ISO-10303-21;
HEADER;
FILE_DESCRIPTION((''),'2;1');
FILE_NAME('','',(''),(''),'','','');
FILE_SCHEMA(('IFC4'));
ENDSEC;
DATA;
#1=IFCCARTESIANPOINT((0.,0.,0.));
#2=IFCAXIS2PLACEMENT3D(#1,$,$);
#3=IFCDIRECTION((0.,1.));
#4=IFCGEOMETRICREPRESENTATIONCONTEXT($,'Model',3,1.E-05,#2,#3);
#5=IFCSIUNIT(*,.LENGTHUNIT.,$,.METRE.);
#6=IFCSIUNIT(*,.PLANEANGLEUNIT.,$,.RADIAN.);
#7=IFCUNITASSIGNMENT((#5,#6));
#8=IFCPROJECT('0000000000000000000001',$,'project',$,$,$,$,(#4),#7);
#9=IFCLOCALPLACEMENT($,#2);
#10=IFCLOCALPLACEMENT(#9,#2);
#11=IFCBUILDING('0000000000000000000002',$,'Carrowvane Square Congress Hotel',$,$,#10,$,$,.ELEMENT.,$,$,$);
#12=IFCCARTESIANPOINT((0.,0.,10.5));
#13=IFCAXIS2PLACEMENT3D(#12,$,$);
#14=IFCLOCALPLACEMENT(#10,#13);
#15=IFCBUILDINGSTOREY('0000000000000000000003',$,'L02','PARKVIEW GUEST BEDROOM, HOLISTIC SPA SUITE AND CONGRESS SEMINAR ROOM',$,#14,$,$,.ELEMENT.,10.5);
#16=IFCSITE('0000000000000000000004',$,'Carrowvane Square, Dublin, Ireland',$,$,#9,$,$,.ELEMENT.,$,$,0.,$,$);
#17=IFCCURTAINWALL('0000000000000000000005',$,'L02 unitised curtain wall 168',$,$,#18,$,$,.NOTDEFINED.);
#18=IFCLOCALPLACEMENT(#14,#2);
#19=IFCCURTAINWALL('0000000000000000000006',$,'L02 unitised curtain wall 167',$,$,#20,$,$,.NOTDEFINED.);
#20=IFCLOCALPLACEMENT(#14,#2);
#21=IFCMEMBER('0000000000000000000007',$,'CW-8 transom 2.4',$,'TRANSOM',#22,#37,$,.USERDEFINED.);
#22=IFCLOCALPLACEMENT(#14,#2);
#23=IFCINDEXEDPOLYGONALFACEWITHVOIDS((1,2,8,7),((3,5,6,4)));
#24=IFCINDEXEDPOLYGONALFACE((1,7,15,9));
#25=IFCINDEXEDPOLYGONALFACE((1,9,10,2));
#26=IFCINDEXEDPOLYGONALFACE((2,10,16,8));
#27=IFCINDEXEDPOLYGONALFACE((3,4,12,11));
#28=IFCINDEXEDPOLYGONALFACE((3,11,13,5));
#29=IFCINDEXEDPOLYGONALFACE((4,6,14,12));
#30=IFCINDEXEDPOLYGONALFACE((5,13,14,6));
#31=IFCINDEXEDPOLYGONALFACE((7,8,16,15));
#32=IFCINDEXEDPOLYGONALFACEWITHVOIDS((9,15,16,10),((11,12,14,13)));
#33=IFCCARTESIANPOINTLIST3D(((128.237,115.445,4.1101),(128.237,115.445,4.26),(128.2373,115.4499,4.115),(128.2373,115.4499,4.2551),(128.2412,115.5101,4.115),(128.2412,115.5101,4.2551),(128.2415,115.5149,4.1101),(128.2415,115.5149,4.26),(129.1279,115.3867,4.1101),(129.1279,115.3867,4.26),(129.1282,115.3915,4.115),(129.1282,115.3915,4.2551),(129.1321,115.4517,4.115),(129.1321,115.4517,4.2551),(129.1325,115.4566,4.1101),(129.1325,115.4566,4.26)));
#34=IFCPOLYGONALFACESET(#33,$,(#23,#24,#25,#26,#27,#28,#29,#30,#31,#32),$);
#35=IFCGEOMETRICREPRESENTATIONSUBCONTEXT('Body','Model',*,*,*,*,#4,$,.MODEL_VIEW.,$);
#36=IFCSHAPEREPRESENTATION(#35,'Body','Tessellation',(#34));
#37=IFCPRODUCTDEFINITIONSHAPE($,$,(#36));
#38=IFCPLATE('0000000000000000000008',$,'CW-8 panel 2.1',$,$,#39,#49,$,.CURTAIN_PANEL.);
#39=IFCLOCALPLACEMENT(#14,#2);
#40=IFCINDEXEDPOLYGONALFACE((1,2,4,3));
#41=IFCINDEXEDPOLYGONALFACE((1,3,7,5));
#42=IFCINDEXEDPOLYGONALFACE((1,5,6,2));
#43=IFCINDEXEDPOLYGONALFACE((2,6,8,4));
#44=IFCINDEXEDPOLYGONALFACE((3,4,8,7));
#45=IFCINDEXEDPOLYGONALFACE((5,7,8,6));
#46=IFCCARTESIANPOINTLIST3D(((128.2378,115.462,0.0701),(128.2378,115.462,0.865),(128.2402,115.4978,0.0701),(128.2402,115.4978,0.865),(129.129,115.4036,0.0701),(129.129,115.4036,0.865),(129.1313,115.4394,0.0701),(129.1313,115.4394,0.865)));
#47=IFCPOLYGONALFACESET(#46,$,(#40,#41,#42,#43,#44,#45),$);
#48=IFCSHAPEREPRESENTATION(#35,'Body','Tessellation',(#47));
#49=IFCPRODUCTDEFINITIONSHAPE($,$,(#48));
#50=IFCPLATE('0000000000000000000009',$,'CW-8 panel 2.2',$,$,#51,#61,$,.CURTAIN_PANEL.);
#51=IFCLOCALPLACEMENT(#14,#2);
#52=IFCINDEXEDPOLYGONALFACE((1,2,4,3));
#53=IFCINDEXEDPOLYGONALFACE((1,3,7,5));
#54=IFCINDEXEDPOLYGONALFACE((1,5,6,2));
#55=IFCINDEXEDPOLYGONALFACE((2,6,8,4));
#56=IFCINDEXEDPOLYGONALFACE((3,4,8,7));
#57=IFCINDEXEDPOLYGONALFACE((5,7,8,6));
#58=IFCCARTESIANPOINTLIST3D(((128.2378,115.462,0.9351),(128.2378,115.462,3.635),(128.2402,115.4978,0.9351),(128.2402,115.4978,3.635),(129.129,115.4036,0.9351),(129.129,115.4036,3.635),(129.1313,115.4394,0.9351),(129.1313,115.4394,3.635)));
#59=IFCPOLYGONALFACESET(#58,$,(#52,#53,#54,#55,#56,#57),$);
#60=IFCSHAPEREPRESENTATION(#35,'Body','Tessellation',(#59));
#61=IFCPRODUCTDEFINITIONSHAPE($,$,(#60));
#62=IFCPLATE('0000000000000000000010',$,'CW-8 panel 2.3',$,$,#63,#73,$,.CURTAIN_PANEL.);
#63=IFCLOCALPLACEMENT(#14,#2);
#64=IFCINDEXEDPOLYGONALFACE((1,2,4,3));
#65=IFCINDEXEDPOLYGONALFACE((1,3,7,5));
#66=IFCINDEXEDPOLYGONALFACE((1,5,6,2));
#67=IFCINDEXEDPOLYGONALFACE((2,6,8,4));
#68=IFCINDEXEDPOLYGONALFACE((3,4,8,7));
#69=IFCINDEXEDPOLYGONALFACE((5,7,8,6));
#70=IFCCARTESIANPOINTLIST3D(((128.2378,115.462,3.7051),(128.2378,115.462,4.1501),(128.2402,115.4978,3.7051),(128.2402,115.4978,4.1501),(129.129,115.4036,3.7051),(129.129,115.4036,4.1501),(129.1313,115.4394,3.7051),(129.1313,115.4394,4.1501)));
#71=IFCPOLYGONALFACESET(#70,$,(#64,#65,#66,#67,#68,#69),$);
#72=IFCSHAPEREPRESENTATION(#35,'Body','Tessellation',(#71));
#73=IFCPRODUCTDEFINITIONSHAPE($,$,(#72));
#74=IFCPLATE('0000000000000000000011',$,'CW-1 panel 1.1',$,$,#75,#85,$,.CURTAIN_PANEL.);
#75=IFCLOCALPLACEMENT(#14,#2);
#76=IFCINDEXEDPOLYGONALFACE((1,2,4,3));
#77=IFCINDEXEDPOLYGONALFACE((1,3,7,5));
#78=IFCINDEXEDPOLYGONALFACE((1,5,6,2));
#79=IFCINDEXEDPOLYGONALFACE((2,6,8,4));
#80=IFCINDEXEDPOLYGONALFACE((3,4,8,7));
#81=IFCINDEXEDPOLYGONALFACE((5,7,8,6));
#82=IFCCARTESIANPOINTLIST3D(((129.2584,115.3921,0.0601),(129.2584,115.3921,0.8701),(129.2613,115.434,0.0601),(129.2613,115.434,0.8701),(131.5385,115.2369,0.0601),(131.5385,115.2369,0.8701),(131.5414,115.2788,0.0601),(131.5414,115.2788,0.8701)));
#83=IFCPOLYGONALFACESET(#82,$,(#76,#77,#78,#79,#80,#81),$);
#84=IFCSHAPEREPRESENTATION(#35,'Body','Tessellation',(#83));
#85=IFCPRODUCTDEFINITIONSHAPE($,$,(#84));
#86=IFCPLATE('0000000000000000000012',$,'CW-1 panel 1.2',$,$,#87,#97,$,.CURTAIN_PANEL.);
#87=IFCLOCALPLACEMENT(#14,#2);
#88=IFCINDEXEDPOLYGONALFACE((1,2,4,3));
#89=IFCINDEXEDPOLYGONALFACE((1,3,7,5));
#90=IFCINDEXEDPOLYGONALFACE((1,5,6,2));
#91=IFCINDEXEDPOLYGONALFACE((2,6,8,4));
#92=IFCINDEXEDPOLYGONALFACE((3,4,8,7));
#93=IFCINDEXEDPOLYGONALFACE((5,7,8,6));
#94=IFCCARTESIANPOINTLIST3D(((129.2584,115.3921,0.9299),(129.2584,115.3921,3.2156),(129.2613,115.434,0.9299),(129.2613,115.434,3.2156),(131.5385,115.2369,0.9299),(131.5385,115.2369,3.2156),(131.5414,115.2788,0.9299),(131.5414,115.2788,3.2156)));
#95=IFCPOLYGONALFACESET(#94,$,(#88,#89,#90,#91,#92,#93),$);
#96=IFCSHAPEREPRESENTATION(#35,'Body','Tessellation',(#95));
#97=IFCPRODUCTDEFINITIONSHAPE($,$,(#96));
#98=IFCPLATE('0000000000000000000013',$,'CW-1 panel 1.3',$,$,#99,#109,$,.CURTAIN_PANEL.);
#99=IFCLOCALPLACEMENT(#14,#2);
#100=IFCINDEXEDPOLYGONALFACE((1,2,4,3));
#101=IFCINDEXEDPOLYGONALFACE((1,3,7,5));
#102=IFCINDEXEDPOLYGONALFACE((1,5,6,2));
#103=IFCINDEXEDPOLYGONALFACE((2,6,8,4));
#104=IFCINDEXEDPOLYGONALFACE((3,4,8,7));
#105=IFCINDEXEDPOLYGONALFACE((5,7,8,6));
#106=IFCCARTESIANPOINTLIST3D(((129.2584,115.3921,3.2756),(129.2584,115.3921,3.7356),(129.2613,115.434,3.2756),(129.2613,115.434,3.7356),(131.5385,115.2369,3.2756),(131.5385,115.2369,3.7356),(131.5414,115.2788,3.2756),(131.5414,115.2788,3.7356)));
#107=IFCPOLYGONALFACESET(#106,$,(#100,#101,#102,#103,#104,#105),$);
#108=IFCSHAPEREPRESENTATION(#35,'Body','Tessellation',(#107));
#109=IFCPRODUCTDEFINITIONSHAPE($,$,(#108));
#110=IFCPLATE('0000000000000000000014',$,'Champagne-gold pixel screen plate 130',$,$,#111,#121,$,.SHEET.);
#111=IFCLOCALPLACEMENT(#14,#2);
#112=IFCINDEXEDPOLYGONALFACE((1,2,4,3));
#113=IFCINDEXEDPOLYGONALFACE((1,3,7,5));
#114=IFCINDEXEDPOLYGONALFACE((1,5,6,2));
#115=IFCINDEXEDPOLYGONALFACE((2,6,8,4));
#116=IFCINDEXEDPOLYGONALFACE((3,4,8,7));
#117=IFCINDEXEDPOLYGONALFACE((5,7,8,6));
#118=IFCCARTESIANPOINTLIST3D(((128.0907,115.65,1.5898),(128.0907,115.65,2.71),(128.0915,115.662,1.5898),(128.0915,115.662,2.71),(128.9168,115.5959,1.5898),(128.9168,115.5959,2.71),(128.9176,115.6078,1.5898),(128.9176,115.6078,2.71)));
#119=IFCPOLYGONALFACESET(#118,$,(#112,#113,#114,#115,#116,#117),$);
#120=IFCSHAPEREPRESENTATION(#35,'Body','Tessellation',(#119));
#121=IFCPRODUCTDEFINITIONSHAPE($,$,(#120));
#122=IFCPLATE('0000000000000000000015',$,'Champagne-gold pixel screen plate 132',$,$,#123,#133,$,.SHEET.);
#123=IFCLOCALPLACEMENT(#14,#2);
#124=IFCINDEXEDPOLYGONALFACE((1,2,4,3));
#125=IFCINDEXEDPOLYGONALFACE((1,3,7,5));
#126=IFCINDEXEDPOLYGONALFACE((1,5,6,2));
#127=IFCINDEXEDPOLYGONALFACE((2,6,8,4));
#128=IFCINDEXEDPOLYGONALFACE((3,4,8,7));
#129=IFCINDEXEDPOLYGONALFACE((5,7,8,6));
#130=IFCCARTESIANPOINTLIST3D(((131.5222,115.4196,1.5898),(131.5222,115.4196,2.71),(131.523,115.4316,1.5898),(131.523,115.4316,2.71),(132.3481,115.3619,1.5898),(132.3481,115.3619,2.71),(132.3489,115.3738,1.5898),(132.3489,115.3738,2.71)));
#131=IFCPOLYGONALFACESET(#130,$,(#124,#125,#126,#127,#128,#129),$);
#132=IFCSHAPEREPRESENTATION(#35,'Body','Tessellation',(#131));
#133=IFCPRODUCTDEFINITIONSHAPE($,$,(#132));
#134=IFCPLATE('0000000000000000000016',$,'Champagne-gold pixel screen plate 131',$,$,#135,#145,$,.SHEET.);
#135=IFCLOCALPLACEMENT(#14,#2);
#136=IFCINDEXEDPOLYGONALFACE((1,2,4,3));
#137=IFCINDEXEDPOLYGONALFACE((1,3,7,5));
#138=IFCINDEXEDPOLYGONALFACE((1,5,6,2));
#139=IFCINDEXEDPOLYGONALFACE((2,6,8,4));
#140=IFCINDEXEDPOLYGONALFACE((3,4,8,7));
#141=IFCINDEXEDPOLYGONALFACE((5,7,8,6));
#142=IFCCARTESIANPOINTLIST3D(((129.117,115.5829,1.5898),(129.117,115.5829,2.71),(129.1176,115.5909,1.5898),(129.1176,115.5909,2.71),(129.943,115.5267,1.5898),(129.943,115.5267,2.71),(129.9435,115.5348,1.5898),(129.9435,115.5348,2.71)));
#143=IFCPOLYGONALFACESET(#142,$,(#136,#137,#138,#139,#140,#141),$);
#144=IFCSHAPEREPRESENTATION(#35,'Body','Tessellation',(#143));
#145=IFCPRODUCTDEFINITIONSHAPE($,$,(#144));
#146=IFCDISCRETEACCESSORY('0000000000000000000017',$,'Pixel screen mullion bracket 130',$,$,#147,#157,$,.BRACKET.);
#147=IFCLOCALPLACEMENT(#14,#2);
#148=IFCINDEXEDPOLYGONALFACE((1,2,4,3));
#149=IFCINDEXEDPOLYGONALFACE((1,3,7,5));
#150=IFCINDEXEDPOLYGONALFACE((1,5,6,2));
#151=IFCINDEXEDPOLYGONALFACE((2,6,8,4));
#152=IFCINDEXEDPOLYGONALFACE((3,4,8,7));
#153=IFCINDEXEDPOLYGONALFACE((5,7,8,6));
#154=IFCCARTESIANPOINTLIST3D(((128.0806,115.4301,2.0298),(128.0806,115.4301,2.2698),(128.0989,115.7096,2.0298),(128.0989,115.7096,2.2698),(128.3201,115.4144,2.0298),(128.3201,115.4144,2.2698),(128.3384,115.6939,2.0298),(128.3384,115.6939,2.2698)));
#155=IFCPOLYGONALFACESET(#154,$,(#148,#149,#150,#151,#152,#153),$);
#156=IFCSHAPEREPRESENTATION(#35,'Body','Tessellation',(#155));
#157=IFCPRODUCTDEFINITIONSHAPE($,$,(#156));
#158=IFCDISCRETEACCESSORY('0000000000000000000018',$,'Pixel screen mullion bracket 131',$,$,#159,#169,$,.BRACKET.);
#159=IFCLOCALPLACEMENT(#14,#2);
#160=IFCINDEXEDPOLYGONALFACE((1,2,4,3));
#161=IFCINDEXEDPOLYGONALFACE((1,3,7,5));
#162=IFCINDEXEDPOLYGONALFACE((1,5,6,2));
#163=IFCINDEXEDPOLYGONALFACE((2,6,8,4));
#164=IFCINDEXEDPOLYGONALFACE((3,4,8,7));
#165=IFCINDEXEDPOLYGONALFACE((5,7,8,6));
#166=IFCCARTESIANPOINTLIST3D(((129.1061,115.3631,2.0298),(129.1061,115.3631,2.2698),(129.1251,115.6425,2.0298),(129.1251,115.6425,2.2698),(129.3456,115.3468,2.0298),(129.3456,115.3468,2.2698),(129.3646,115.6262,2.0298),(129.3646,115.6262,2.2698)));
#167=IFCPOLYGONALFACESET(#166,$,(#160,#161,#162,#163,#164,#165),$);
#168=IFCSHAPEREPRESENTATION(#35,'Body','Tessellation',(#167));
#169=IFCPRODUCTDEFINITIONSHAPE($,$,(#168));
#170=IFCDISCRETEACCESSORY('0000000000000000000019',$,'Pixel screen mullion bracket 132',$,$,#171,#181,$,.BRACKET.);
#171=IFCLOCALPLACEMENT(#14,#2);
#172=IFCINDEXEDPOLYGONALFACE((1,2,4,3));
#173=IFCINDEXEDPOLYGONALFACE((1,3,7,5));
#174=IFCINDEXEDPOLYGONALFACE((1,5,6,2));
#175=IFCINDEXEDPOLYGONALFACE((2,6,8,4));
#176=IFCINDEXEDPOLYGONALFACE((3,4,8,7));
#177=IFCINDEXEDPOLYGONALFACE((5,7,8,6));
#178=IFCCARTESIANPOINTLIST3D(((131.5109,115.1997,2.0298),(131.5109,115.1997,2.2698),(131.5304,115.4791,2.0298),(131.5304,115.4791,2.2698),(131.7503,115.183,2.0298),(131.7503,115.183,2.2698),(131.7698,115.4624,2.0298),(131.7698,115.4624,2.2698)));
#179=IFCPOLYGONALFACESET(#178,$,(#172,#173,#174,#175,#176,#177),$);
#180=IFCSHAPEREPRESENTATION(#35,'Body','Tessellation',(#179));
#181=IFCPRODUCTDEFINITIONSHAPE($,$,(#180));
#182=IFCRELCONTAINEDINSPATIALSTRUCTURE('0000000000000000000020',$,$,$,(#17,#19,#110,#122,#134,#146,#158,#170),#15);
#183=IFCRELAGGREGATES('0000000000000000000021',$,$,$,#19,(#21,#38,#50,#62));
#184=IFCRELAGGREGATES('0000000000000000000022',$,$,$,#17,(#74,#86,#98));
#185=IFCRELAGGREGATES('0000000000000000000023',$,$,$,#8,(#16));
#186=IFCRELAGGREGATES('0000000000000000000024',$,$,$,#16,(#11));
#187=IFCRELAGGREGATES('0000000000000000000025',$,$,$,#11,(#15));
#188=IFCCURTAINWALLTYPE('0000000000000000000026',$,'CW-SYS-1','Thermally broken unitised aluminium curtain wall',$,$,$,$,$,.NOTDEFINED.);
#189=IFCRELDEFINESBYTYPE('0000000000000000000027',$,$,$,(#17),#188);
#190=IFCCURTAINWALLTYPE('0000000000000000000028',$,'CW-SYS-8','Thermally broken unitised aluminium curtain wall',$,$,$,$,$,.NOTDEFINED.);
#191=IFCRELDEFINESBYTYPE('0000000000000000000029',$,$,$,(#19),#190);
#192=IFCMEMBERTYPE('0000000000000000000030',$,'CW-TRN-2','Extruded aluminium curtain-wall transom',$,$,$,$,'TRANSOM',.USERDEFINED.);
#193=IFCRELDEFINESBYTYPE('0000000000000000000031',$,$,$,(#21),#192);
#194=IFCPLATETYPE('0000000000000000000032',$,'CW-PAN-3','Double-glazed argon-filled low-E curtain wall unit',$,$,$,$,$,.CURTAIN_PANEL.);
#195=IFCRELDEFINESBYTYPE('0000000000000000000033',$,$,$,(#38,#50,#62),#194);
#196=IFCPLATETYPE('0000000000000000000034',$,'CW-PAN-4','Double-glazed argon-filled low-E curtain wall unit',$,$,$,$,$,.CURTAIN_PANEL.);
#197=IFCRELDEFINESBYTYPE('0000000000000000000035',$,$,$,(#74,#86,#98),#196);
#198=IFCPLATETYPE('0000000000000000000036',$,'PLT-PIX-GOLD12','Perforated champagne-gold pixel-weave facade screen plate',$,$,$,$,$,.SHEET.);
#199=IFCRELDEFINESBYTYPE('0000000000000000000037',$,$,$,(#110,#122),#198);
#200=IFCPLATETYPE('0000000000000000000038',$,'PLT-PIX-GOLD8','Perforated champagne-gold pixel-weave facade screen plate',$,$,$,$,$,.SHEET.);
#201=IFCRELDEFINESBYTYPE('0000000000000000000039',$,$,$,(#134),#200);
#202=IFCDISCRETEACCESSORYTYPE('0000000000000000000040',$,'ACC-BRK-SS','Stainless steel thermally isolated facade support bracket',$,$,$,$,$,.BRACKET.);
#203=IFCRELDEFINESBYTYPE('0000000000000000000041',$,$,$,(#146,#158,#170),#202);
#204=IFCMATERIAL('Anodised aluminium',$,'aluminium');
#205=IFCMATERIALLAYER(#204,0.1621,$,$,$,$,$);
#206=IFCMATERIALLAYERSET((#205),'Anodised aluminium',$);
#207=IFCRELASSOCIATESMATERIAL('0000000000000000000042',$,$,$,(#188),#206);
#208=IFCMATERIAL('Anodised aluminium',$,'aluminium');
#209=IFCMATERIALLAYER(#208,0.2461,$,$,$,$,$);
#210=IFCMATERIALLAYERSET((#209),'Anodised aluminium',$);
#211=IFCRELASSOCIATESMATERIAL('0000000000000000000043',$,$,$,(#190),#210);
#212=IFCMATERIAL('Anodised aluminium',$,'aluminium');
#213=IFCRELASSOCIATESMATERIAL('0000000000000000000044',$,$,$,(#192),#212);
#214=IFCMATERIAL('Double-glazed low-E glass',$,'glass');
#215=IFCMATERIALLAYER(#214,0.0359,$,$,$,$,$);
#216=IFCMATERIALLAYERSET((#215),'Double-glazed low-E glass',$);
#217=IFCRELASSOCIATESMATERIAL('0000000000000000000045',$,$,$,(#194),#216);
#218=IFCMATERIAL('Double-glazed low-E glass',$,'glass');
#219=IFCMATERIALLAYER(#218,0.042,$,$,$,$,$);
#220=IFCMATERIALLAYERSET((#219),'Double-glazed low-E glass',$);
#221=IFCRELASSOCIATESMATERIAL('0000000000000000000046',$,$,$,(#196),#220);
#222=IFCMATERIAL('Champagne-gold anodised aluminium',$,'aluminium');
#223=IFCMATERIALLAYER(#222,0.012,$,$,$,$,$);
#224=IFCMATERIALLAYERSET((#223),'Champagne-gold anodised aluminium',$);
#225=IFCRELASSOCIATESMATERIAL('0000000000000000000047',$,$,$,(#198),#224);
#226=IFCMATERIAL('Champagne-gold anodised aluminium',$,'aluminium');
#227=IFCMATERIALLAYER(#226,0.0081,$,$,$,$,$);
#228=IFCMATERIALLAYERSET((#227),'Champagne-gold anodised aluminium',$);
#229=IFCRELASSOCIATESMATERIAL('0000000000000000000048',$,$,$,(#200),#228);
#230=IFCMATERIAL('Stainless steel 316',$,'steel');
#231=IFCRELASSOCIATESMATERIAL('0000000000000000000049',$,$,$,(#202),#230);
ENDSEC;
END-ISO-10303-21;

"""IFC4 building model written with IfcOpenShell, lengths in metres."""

from ifc_helpers import new_model, si_unit, direction, frame, origin, origin_2d, place, context, subcontext, project, spatial, rectangle, hollow_rectangle, extrude, material, layer, layer_set, material_profile, profile_set, type_object, element, aggregate, save


model = new_model("IFC4")

# Units and contexts
model_context = context("Model", 3, precision=1e-05, world=origin(), true_north=direction((0.0, 1.0)))
body_context = subcontext(model_context, "Body", "Model", "MODEL_VIEW")
ifc_project = project(units=[si_unit("LENGTHUNIT", "METRE"), si_unit("PLANEANGLEUNIT", "RADIAN")], contexts=[model_context])

# Site, building, storey
site_placement = place(None, origin())
site = spatial("IfcSite", under=ifc_project, at=site_placement, Name="Carrowvane Square, Dublin, Ireland", CompositionType="ELEMENT", RefElevation=0.0)
building_placement = place(site_placement, origin())
building = spatial("IfcBuilding", under=site, at=building_placement, Name="Carrowvane Square Congress Hotel", CompositionType="ELEMENT")
storey_placement = place(building_placement, frame((0.0, 0.0, 10.5)))
storey = spatial("IfcBuildingStorey", under=building, at=storey_placement, Name="L02", Description="PARKVIEW GUEST BEDROOM, HOLISTIC SPA SUITE AND CONGRESS SEMINAR ROOM", CompositionType="ELEMENT", Elevation=10.5)

# Curtain wall
ifc_material_1 = material(Name="Anodised aluminium", Category="aluminium")
ifc_layer_1 = layer(ifc_material_1, 0.1621)
ifc_layer_set_1 = layer_set([ifc_layer_1], Name="Anodised aluminium")
curtain_wall_type_1 = type_object("IfcCurtainWallType", Name="CW-SYS-1", Description="Thermally broken unitised aluminium curtain wall", PredefinedType="NOTDEFINED", material=ifc_layer_set_1)
curtain_wall_1_placement = place(storey_placement, origin())
curtain_wall_1 = element("IfcCurtainWall", 1, at=curtain_wall_1_placement, inside=storey, type_object=curtain_wall_type_1, Name="L02 unitised curtain wall 168", PredefinedType="NOTDEFINED")

# Curtain wall
ifc_material_2 = material(Name="Anodised aluminium", Category="aluminium")
ifc_layer_2 = layer(ifc_material_2, 0.2461)
ifc_layer_set_2 = layer_set([ifc_layer_2], Name="Anodised aluminium")
curtain_wall_type_2 = type_object("IfcCurtainWallType", Name="CW-SYS-8", Description="Thermally broken unitised aluminium curtain wall", PredefinedType="NOTDEFINED", material=ifc_layer_set_2)
curtain_wall_2_placement = place(storey_placement, origin())
curtain_wall_2 = element("IfcCurtainWall", 2, at=curtain_wall_2_placement, inside=storey, type_object=curtain_wall_type_2, Name="L02 unitised curtain wall 167", PredefinedType="NOTDEFINED")

# Member
ifc_material_3 = material(Name="Anodised aluminium", Category="aluminium")
ifc_material_profile_1 = material_profile(ifc_material_3, hollow_rectangle(XDim=0.0701, YDim=0.1499, WallThickness=0.0049, at=origin_2d()), Name="CW-TR 70x150x5")
ifc_profile_set_1 = profile_set([ifc_material_profile_1], Name="Anodised aluminium")
member_type_1 = type_object("IfcMemberType", Name="CW-TRN-2", Description="Extruded aluminium curtain-wall transom", ElementType="TRANSOM", PredefinedType="USERDEFINED", material=ifc_profile_set_1)
member_1_placement = place(storey_placement, frame((128.2393, 115.48, 4.1851), z_axis=(0.997862, -0.065357, 0.0), x_axis=(0.065357, 0.997862, 0.0)))
member_1 = element("IfcMember", 3, at=member_1_placement, type_object=member_type_1, Name="CW-8 transom 2.4", ObjectType="TRANSOM", PredefinedType="USERDEFINED", context=body_context, shape_type="SweptSolid", body=[
    extrude(hollow_rectangle(XDim=0.0701, YDim=0.1499, WallThickness=0.0049, at=origin_2d()), origin(), (0.0, 0.0, 1.0), 0.8928),
])

# Plates
ifc_material_4 = material(Name="Double-glazed low-E glass", Category="glass")
ifc_layer_3 = layer(ifc_material_4, 0.0359)
ifc_layer_set_3 = layer_set([ifc_layer_3], Name="Double-glazed low-E glass")
plate_type_1 = type_object("IfcPlateType", Name="CW-PAN-3", Description="Double-glazed argon-filled low-E curtain wall unit", PredefinedType="CURTAIN_PANEL", material=ifc_layer_set_3)
plate_1_placement = place(storey_placement, frame((128.6846, 115.4507, 0.0701), z_axis=(0.0, 0.0, 1.0), x_axis=(0.997858, -0.065414, 0.0)))
plate_1 = element("IfcPlate", 4, at=plate_1_placement, type_object=plate_type_1, Name="CW-8 panel 2.1", PredefinedType="CURTAIN_PANEL", context=body_context, shape_type="SweptSolid", body=[
    extrude(rectangle(XDim=0.8931, YDim=0.0359, at=origin_2d()), origin(), (0.0, 0.0, 1.0), 0.7949),
])
plate_2_placement = place(storey_placement, frame((128.6846, 115.4507, 0.9351), z_axis=(0.0, 0.0, 1.0), x_axis=(0.997858, -0.065414, 0.0)))
plate_2 = element("IfcPlate", 5, at=plate_2_placement, type_object=plate_type_1, Name="CW-8 panel 2.2", PredefinedType="CURTAIN_PANEL", context=body_context, shape_type="SweptSolid", body=[
    extrude(rectangle(XDim=0.8931, YDim=0.0359, at=origin_2d()), origin(), (0.0, 0.0, 1.0), 2.7),
])
plate_3_placement = place(storey_placement, frame((128.6846, 115.4507, 3.7051), z_axis=(0.0, 0.0, 1.0), x_axis=(0.997858, -0.065414, 0.0)))
plate_3 = element("IfcPlate", 6, at=plate_3_placement, type_object=plate_type_1, Name="CW-8 panel 2.3", PredefinedType="CURTAIN_PANEL", context=body_context, shape_type="SweptSolid", body=[
    extrude(rectangle(XDim=0.8931, YDim=0.0359, at=origin_2d()), origin(), (0.0, 0.0, 1.0), 0.4451),
])
aggregate(curtain_wall_2, [member_1, plate_1, plate_2, plate_3])
ifc_material_5 = material(Name="Double-glazed low-E glass", Category="glass")
ifc_layer_4 = layer(ifc_material_5, 0.042)
ifc_layer_set_4 = layer_set([ifc_layer_4], Name="Double-glazed low-E glass")
plate_type_2 = type_object("IfcPlateType", Name="CW-PAN-4", Description="Double-glazed argon-filled low-E curtain wall unit", PredefinedType="CURTAIN_PANEL", material=ifc_layer_set_4)
plate_4_placement = place(storey_placement, frame((130.3999, 115.3354, 0.0601), z_axis=(0.0, 0.0, 1.0), x_axis=(0.997694, -0.06787, 0.0)))
plate_4 = element("IfcPlate", 7, at=plate_4_placement, type_object=plate_type_2, Name="CW-1 panel 1.1", PredefinedType="CURTAIN_PANEL", context=body_context, shape_type="SweptSolid", body=[
    extrude(rectangle(XDim=2.2854, YDim=0.042, at=origin_2d()), origin(), (0.0, 0.0, 1.0), 0.8101),
])
plate_5_placement = place(storey_placement, frame((130.3999, 115.3354, 0.9299), z_axis=(0.0, 0.0, 1.0), x_axis=(0.997694, -0.06787, 0.0)))
plate_5 = element("IfcPlate", 8, at=plate_5_placement, type_object=plate_type_2, Name="CW-1 panel 1.2", PredefinedType="CURTAIN_PANEL", context=body_context, shape_type="SweptSolid", body=[
    extrude(rectangle(XDim=2.2854, YDim=0.042, at=origin_2d()), origin(), (0.0, 0.0, 1.0), 2.2856),
])
plate_6_placement = place(storey_placement, frame((130.3999, 115.3354, 3.2756), z_axis=(0.0, 0.0, 1.0), x_axis=(0.997694, -0.06787, 0.0)))
plate_6 = element("IfcPlate", 9, at=plate_6_placement, type_object=plate_type_2, Name="CW-1 panel 1.3", PredefinedType="CURTAIN_PANEL", context=body_context, shape_type="SweptSolid", body=[
    extrude(rectangle(XDim=2.2854, YDim=0.042, at=origin_2d()), origin(), (0.0, 0.0, 1.0), 0.46),
])
aggregate(curtain_wall_1, [plate_4, plate_5, plate_6])

# Plates
ifc_material_6 = material(Name="Champagne-gold anodised aluminium", Category="aluminium")
ifc_layer_5 = layer(ifc_material_6, 0.012)
ifc_layer_set_5 = layer_set([ifc_layer_5], Name="Champagne-gold anodised aluminium")
plate_type_3 = type_object("IfcPlateType", Name="PLT-PIX-GOLD12", Description="Perforated champagne-gold pixel-weave facade screen plate", PredefinedType="SHEET", material=ifc_layer_set_5)
for number, where, z_axis, x_axis, name in (
    (10, (128.5042, 115.6289, 1.5898), (0.0, 0.0, 1.0), (0.997858, -0.065413, 0.0), "Champagne-gold pixel screen plate 130"),
    (11, (131.9355, 115.3967, 1.5898), (0.0, 0.0, 1.0), (0.997566, -0.069725, 0.0), "Champagne-gold pixel screen plate 132"),
):
    element("IfcPlate", number, at=place(storey_placement, frame(where, z_axis=z_axis, x_axis=x_axis)), inside=storey, type_object=plate_type_3, Name=name, PredefinedType="SHEET", context=body_context, shape_type="SweptSolid", body=[
        extrude(rectangle(XDim=0.8279, YDim=0.012, at=origin_2d()), origin(), (0.0, 0.0, 1.0), 1.1201),
    ])
ifc_material_7 = material(Name="Champagne-gold anodised aluminium", Category="aluminium")
ifc_layer_6 = layer(ifc_material_7, 0.0081)
ifc_layer_set_6 = layer_set([ifc_layer_6], Name="Champagne-gold anodised aluminium")
plate_type_4 = type_object("IfcPlateType", Name="PLT-PIX-GOLD8", Description="Perforated champagne-gold pixel-weave facade screen plate", PredefinedType="SHEET", material=ifc_layer_set_6)
plate_7_placement = place(storey_placement, frame((129.5303, 115.5588, 1.5898), z_axis=(0.0, 0.0, 1.0), x_axis=(0.997694, -0.067866, 0.0)))
element("IfcPlate", 12, at=plate_7_placement, inside=storey, type_object=plate_type_4, Name="Champagne-gold pixel screen plate 131", PredefinedType="SHEET", context=body_context, shape_type="SweptSolid", body=[
    extrude(rectangle(XDim=0.8279, YDim=0.0081, at=origin_2d()), origin(), (0.0, 0.0, 1.0), 1.1201),
])

# Discrete accessories
ifc_material_8 = material(Name="Stainless steel 316", Category="steel")
discrete_accessory_type = type_object("IfcDiscreteAccessoryType", Name="ACC-BRK-SS", Description="Stainless steel thermally isolated facade support bracket", PredefinedType="BRACKET", material=ifc_material_8)
for number, where, z_axis, x_axis, name in (
    (13, (128.2095, 115.562, 2.0298), (0.0, 0.0, 1.0), (0.997858, -0.065413, 0.0), "Pixel screen mullion bracket 130"),
    (14, (129.2354, 115.4946, 2.0298), (0.0, 0.0, 1.0), (0.997694, -0.067866, 0.0), "Pixel screen mullion bracket 131"),
    (15, (131.6404, 115.3311, 2.0298), (0.0, 0.0, 1.0), (0.997566, -0.069725, 0.0), "Pixel screen mullion bracket 132"),
):
    element("IfcDiscreteAccessory", number, at=place(storey_placement, frame(where, z_axis=z_axis, x_axis=x_axis)), inside=storey, type_object=discrete_accessory_type, Name=name, PredefinedType="BRACKET", context=body_context, shape_type="SweptSolid", body=[
        extrude(rectangle(XDim=0.24, YDim=0.28, at=origin_2d()), origin(), (0.0, 0.0, 1.0), 0.24),
    ])

save(model, "model.ifc")
